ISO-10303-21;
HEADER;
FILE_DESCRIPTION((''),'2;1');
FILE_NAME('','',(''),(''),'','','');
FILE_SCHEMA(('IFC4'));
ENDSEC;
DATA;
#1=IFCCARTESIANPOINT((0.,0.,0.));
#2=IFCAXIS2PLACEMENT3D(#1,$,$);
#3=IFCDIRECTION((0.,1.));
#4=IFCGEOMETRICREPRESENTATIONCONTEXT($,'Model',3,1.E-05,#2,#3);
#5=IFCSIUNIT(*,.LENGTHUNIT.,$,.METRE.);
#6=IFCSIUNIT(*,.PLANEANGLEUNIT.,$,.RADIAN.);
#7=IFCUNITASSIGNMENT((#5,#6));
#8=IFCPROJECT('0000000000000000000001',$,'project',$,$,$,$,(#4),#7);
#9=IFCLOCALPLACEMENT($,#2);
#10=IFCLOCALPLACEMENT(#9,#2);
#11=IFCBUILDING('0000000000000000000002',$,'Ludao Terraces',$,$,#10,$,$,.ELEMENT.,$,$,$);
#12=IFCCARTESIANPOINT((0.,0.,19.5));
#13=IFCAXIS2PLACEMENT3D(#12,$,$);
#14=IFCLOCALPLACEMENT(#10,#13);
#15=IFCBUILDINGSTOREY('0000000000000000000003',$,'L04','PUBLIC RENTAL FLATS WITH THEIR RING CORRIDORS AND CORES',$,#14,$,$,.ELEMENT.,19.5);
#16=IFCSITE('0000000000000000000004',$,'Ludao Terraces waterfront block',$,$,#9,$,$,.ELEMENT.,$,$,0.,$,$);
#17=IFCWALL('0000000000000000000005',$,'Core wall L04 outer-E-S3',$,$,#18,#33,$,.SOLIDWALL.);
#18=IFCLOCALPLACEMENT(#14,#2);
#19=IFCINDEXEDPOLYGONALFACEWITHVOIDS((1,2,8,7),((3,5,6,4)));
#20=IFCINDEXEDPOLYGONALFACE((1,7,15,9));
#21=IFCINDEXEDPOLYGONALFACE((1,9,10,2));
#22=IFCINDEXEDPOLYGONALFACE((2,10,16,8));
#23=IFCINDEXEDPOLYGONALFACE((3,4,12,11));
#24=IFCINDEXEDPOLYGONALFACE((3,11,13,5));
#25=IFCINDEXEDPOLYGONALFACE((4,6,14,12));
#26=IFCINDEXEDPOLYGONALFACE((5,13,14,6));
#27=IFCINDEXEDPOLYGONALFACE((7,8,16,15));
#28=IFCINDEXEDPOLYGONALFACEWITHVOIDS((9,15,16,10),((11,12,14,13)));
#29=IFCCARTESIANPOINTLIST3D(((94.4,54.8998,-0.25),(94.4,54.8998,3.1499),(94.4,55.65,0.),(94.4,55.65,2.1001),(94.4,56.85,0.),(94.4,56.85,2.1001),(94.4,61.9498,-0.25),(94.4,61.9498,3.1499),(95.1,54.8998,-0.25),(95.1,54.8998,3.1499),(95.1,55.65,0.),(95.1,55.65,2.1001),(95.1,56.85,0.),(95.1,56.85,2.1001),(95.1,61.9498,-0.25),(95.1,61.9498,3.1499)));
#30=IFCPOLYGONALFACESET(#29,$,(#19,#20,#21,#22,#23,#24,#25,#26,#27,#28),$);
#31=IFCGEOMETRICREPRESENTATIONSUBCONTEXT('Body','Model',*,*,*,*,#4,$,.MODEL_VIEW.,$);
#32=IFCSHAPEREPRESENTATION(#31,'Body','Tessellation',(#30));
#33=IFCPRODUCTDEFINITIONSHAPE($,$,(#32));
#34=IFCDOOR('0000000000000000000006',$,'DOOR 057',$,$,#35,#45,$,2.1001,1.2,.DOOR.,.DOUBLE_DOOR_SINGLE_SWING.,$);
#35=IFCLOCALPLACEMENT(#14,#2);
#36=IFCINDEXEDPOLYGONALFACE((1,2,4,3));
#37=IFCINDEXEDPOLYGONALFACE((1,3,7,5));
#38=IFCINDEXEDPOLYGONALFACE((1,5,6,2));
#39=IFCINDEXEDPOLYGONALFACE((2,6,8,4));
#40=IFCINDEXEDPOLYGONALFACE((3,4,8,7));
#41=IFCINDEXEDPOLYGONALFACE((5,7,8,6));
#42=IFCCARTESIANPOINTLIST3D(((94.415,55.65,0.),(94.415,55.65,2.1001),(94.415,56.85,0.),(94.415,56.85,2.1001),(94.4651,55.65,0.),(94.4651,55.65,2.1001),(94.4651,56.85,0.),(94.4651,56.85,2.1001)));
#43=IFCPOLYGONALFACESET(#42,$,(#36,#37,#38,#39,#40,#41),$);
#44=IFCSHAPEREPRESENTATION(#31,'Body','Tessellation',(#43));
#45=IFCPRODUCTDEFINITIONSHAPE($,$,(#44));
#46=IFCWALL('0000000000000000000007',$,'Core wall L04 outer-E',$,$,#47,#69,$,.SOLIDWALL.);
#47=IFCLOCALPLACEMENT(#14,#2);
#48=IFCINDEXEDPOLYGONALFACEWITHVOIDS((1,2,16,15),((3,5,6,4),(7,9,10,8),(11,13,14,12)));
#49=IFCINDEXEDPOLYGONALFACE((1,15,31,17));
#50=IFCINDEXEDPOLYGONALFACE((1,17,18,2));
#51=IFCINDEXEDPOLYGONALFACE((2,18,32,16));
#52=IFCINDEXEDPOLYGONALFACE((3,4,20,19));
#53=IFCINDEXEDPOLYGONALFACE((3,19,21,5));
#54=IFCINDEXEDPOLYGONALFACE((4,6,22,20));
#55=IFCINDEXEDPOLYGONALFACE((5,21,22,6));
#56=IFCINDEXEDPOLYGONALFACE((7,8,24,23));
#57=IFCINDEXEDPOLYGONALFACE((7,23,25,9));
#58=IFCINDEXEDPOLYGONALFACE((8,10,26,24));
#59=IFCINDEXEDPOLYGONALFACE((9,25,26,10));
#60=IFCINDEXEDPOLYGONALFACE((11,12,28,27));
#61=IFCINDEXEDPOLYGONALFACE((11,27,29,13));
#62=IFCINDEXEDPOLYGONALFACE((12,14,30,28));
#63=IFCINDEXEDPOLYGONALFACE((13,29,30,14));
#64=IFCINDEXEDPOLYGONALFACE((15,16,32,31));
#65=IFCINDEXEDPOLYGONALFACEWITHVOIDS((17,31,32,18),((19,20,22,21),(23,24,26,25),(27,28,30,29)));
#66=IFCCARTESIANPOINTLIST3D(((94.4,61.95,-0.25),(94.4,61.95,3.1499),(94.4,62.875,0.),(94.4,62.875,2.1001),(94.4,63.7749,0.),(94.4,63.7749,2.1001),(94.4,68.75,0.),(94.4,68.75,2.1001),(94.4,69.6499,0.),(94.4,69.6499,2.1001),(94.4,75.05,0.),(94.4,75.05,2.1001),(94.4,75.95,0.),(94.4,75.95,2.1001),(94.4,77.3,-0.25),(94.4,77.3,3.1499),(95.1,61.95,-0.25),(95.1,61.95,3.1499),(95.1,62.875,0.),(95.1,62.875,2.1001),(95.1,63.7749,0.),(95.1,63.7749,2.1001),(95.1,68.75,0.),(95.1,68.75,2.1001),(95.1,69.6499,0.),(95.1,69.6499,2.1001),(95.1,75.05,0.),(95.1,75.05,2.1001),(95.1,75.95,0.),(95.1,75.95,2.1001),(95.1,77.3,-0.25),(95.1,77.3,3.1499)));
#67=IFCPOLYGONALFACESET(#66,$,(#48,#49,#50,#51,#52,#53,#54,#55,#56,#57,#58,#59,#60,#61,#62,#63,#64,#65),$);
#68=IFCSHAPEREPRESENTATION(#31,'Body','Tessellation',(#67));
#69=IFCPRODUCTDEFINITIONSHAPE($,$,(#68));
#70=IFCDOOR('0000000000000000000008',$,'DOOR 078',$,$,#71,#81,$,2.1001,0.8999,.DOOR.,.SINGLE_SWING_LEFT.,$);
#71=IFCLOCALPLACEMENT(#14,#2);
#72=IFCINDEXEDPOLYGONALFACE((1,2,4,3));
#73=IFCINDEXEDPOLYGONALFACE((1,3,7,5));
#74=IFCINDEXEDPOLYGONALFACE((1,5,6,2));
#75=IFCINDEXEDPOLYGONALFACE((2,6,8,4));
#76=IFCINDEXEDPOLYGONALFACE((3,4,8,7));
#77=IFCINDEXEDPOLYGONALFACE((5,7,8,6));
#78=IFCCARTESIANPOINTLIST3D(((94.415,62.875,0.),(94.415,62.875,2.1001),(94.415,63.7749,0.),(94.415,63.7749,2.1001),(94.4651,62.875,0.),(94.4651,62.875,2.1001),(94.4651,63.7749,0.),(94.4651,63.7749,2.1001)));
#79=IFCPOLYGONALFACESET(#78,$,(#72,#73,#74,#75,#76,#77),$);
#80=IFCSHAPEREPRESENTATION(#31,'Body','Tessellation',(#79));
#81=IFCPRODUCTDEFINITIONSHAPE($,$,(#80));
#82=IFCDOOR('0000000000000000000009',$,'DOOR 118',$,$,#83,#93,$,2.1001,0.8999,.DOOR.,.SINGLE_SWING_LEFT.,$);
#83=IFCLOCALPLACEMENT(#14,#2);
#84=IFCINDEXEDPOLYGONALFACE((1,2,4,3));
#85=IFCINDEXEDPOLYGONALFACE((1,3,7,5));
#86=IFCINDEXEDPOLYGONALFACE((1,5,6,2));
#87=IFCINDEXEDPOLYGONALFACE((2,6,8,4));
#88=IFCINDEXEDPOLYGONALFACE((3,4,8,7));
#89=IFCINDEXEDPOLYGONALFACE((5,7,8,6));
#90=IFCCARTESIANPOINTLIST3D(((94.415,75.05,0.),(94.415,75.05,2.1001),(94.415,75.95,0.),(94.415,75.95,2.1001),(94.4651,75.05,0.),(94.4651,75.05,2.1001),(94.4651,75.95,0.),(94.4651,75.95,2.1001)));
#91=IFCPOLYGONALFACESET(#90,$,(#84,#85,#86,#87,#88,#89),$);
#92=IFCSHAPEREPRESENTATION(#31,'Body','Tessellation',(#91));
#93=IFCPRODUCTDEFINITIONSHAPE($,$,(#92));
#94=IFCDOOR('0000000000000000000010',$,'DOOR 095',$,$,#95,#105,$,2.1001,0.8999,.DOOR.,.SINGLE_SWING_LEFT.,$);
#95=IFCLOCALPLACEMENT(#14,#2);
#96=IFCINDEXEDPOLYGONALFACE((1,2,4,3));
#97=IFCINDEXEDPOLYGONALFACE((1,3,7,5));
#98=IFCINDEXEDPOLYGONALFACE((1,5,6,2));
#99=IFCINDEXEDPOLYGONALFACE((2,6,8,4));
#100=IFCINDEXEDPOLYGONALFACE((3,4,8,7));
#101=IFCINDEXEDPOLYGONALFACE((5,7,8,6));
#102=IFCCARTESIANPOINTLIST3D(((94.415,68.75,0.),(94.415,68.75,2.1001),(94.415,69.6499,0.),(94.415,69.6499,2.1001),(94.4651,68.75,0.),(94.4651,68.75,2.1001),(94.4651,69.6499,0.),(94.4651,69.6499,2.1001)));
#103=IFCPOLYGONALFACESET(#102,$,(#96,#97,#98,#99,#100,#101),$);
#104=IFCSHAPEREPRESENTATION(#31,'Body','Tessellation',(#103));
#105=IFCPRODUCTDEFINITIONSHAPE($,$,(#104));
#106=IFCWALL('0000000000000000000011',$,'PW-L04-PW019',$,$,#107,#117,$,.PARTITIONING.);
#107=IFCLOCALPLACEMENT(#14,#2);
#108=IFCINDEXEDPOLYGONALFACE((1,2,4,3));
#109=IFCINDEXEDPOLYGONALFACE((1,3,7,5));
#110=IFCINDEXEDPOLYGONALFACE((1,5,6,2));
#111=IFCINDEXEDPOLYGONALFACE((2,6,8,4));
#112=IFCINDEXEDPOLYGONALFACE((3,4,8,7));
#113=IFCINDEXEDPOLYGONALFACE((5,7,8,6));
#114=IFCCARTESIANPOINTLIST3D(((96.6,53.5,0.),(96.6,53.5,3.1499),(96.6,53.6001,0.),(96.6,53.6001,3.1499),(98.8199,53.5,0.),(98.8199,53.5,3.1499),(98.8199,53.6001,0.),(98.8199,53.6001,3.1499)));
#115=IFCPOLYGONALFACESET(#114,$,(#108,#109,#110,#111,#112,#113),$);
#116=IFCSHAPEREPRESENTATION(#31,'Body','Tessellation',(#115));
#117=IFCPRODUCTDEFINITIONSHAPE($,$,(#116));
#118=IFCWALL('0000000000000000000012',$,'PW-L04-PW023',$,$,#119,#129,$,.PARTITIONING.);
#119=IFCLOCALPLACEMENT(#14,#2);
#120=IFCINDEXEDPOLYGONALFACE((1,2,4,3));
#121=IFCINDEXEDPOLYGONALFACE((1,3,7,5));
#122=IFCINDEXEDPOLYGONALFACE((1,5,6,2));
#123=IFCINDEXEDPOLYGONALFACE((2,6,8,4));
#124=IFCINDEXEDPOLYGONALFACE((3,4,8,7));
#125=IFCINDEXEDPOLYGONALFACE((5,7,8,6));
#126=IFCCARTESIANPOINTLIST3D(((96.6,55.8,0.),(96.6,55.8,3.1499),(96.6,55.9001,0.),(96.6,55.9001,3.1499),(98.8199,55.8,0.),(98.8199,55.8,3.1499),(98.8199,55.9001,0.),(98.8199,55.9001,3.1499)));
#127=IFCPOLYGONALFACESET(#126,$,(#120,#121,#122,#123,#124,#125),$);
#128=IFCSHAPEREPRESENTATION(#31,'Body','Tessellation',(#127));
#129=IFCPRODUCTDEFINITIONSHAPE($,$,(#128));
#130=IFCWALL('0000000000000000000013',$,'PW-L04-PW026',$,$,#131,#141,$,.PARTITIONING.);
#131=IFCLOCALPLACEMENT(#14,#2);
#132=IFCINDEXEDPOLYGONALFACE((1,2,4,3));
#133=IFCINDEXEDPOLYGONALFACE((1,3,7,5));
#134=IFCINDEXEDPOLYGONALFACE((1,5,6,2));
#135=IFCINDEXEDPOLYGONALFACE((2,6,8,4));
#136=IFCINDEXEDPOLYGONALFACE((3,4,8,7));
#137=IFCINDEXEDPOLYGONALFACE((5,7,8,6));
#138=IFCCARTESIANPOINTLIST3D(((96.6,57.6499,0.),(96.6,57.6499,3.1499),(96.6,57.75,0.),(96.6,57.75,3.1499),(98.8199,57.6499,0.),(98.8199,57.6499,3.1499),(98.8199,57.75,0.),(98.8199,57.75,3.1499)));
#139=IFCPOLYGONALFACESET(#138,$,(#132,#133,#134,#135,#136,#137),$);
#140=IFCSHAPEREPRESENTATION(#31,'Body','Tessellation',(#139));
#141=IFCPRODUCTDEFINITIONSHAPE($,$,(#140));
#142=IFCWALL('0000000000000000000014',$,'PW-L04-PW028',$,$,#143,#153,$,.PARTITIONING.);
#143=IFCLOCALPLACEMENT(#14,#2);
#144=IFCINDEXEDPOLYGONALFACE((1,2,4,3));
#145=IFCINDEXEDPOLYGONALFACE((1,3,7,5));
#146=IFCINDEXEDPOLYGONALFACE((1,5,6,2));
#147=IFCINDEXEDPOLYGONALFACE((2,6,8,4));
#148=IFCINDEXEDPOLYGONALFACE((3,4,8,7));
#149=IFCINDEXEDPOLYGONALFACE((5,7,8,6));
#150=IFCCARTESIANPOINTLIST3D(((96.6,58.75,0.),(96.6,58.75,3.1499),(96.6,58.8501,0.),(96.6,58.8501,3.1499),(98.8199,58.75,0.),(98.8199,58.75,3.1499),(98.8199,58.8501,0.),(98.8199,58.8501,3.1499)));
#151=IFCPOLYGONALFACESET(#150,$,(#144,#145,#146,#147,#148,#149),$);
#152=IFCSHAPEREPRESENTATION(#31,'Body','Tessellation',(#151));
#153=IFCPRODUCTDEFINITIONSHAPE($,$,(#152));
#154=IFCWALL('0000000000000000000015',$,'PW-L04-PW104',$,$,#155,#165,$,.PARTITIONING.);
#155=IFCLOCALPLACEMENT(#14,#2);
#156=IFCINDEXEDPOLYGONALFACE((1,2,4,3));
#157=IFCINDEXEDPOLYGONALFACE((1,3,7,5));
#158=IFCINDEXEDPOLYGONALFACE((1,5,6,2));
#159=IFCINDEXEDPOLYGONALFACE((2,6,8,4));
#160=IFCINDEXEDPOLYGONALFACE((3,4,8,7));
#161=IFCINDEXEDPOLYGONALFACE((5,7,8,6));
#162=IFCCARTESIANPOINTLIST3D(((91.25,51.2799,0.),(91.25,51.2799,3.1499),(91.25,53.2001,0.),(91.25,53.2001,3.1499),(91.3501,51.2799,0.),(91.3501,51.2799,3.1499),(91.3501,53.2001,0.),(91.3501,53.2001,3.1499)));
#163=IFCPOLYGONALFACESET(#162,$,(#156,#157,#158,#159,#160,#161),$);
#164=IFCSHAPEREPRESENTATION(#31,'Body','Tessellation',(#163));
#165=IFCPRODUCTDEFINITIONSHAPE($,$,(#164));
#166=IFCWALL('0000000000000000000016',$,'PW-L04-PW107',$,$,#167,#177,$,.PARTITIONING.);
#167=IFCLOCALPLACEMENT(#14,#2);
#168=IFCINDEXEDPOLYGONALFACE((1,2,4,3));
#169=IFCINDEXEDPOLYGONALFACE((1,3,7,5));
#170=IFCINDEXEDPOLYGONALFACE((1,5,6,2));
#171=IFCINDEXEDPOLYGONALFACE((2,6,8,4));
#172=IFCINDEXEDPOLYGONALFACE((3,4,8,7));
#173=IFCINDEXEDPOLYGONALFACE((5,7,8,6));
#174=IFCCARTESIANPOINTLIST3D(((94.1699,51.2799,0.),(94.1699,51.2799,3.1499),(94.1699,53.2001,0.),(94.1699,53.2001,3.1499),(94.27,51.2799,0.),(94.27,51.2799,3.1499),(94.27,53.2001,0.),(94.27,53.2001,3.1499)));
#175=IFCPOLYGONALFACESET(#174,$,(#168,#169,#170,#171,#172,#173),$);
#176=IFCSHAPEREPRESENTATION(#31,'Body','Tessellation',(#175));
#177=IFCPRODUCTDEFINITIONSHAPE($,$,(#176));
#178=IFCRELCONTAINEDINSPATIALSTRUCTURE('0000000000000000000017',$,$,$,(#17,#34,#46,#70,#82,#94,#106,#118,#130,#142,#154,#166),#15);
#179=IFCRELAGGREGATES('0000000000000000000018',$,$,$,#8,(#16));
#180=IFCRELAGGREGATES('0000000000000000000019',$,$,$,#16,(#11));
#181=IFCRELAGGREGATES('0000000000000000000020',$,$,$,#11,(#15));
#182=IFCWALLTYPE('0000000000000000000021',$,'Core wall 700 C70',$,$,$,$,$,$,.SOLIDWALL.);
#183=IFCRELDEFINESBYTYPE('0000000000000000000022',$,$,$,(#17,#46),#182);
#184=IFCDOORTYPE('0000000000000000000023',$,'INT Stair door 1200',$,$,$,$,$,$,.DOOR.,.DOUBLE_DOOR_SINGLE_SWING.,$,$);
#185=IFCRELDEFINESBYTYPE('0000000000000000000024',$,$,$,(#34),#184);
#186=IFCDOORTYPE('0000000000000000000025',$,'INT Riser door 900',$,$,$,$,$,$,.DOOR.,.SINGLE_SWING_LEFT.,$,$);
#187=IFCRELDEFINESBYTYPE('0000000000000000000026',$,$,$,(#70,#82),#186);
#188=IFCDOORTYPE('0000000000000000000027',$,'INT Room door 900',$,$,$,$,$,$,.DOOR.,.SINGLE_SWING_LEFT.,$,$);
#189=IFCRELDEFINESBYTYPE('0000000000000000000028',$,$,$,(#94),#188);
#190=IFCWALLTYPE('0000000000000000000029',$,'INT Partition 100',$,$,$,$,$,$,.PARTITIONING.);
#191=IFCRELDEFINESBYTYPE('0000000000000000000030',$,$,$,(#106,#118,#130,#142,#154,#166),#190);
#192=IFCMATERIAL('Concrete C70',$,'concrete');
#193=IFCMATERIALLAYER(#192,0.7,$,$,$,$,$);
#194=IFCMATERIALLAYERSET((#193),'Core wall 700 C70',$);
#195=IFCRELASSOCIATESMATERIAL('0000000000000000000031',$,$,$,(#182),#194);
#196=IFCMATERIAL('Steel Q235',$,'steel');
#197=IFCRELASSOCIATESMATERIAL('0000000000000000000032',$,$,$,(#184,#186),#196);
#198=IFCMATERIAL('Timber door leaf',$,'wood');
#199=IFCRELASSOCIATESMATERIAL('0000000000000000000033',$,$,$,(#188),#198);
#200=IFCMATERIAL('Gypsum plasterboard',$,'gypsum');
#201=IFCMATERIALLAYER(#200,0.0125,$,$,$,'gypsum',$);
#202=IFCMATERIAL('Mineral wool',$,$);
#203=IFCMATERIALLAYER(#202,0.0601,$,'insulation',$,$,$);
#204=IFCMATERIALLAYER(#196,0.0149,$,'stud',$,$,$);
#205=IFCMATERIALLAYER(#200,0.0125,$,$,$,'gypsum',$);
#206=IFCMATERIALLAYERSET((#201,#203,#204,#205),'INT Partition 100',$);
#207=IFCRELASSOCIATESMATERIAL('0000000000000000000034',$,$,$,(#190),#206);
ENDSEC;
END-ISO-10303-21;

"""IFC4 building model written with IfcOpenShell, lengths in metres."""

from ifc_helpers import new_model, si_unit, direction, frame, frame_2d, origin, place, context, subcontext, project, spatial, rectangle, extrude, material, layer, layer_set, type_object, element, fill, save


model = new_model("IFC4")

# Units and contexts
model_context = context("Model", 3, precision=1e-05, world=origin(), true_north=direction((0.0, 1.0)))
body_context = subcontext(model_context, "Body", "Model", "MODEL_VIEW")
ifc_project = project(units=[si_unit("LENGTHUNIT", "METRE"), si_unit("PLANEANGLEUNIT", "RADIAN")], contexts=[model_context])

# Site, building, storey
site_placement = place(None, origin())
site = spatial("IfcSite", under=ifc_project, at=site_placement, Name="Ludao Terraces waterfront block", CompositionType="ELEMENT", RefElevation=0.0)
building_placement = place(site_placement, origin())
building = spatial("IfcBuilding", under=site, at=building_placement, Name="Ludao Terraces", CompositionType="ELEMENT")
storey_placement = place(building_placement, frame((0.0, 0.0, 19.5)))
storey = spatial("IfcBuildingStorey", under=building, at=storey_placement, Name="L04", Description="PUBLIC RENTAL FLATS WITH THEIR RING CORRIDORS AND CORES", CompositionType="ELEMENT", Elevation=19.5)

# Wall, opening, door
ifc_material_1 = material(Name="Concrete C70", Category="concrete")
ifc_layer_1 = layer(ifc_material_1, 0.7)
ifc_layer_set_1 = layer_set([ifc_layer_1], Name="Core wall 700 C70")
wall_type_1 = type_object("IfcWallType", Name="Core wall 700 C70", PredefinedType="SOLIDWALL", material=ifc_layer_set_1)
wall_1_placement = place(storey_placement, frame((94.75, 54.8999, -0.25), z_axis=(0.0, 0.0, 1.0), x_axis=(0.0, 1.0, 0.0)))
wall_1 = element("IfcWall", 1, at=wall_1_placement, inside=storey, type_object=wall_type_1, Name="Core wall L04 outer-E-S3", PredefinedType="SOLIDWALL", context=body_context, shape_type="SweptSolid", body=[
    extrude(rectangle(XDim=7.05, YDim=0.7, at=frame_2d((3.5249, 0.0))), origin(), (0.0, 0.0, 1.0), 3.3999),
])
opening_1_placement = place(wall_1_placement, frame((0.75, 0.0, 0.25)))
opening_1 = element("IfcOpeningElement", 2, at=opening_1_placement, cuts=wall_1, PredefinedType="OPENING", context=body_context, shape_type="SweptSolid", body=[
    extrude(rectangle(XDim=1.2, YDim=2.1001, at=frame_2d((0.6001, 1.05))), frame((0.0, 0.3599, 0.0), z_axis=(0.0, -1.0, 0.0), x_axis=(1.0, 0.0, 0.0)), (0.0, 0.0, 1.0), 0.72),
])
ifc_material_2 = material(Name="Steel Q235", Category="steel")
door_type_1 = type_object("IfcDoorType", Name="INT Stair door 1200", OperationType="DOUBLE_DOOR_SINGLE_SWING", PredefinedType="DOOR", material=ifc_material_2)
door_1_placement = place(opening_1_placement, origin())
door_1 = element("IfcDoor", 3, at=door_1_placement, inside=storey, type_object=door_type_1, Name="DOOR 057", OperationType="DOUBLE_DOOR_SINGLE_SWING", OverallHeight=2.1001, OverallWidth=1.2, PredefinedType="DOOR", context=body_context, shape_type="SweptSolid", body=[
    extrude(rectangle(XDim=1.2, YDim=2.1001, at=frame_2d((0.6001, 1.05))), frame((0.0, 0.335, 0.0), z_axis=(0.0, -1.0, 0.0), x_axis=(1.0, 0.0, 0.0)), (0.0, 0.0, 1.0), 0.05),
])
fill(opening_1, door_1)

# Wall, openings, doors
wall_2_placement = place(storey_placement, frame((94.75, 61.95, -0.25), z_axis=(0.0, 0.0, 1.0), x_axis=(0.0, 1.0, 0.0)))
wall_2 = element("IfcWall", 4, at=wall_2_placement, inside=storey, type_object=wall_type_1, Name="Core wall L04 outer-E", PredefinedType="SOLIDWALL", context=body_context, shape_type="SweptSolid", body=[
    extrude(rectangle(XDim=15.3501, YDim=0.7, at=frame_2d((7.675, 0.0))), origin(), (0.0, 0.0, 1.0), 3.3999),
])
opening_2_placement = place(wall_2_placement, frame((0.925, 0.0, 0.25)))
opening_2 = element("IfcOpeningElement", 5, at=opening_2_placement, cuts=wall_2, PredefinedType="OPENING", context=body_context, shape_type="SweptSolid", body=[
    extrude(rectangle(XDim=0.8999, YDim=2.1001, at=frame_2d((0.45, 1.05))), frame((0.0, 0.3599, 0.0), z_axis=(0.0, -1.0, 0.0), x_axis=(1.0, 0.0, 0.0)), (0.0, 0.0, 1.0), 0.72),
])
opening_3_placement = place(wall_2_placement, frame((6.8, 0.0, 0.25)))
opening_3 = element("IfcOpeningElement", 6, at=opening_3_placement, cuts=wall_2, PredefinedType="OPENING", context=body_context, shape_type="SweptSolid", body=[
    extrude(rectangle(XDim=0.8999, YDim=2.1001, at=frame_2d((0.45, 1.05))), frame((0.0, 0.3599, 0.0), z_axis=(0.0, -1.0, 0.0), x_axis=(1.0, 0.0, 0.0)), (0.0, 0.0, 1.0), 0.72),
])
opening_4_placement = place(wall_2_placement, frame((13.1001, 0.0, 0.25)))
opening_4 = element("IfcOpeningElement", 7, at=opening_4_placement, cuts=wall_2, PredefinedType="OPENING", context=body_context, shape_type="SweptSolid", body=[
    extrude(rectangle(XDim=0.8999, YDim=2.1001, at=frame_2d((0.45, 1.05))), frame((0.0, 0.3599, 0.0), z_axis=(0.0, -1.0, 0.0), x_axis=(1.0, 0.0, 0.0)), (0.0, 0.0, 1.0), 0.72),
])
door_type_2 = type_object("IfcDoorType", Name="INT Riser door 900", OperationType="SINGLE_SWING_LEFT", PredefinedType="DOOR", material=ifc_material_2)
door_2_placement = place(opening_2_placement, origin())
door_2 = element("IfcDoor", 8, at=door_2_placement, inside=storey, type_object=door_type_2, Name="DOOR 078", OperationType="SINGLE_SWING_LEFT", OverallHeight=2.1001, OverallWidth=0.8999, PredefinedType="DOOR", context=body_context, shape_type="SweptSolid", body=[
    extrude(rectangle(XDim=0.8999, YDim=2.1001, at=frame_2d((0.45, 1.05))), frame((0.0, 0.335, 0.0), z_axis=(0.0, -1.0, 0.0), x_axis=(1.0, 0.0, 0.0)), (0.0, 0.0, 1.0), 0.05),
])
fill(opening_2, door_2)
door_3_placement = place(opening_4_placement, origin())
door_3 = element("IfcDoor", 9, at=door_3_placement, inside=storey, type_object=door_type_2, Name="DOOR 118", OperationType="SINGLE_SWING_LEFT", OverallHeight=2.1001, OverallWidth=0.8999, PredefinedType="DOOR", context=body_context, shape_type="SweptSolid", body=[
    extrude(rectangle(XDim=0.8999, YDim=2.1001, at=frame_2d((0.45, 1.05))), frame((0.0, 0.335, 0.0), z_axis=(0.0, -1.0, 0.0), x_axis=(1.0, 0.0, 0.0)), (0.0, 0.0, 1.0), 0.05),
])
fill(opening_4, door_3)
ifc_material_3 = material(Name="Timber door leaf", Category="wood")
door_type_3 = type_object("IfcDoorType", Name="INT Room door 900", OperationType="SINGLE_SWING_LEFT", PredefinedType="DOOR", material=ifc_material_3)
door_4_placement = place(opening_3_placement, origin())
door_4 = element("IfcDoor", 10, at=door_4_placement, inside=storey, type_object=door_type_3, Name="DOOR 095", OperationType="SINGLE_SWING_LEFT", OverallHeight=2.1001, OverallWidth=0.8999, PredefinedType="DOOR", context=body_context, shape_type="SweptSolid", body=[
    extrude(rectangle(XDim=0.8999, YDim=2.1001, at=frame_2d((0.45, 1.05))), frame((0.0, 0.335, 0.0), z_axis=(0.0, -1.0, 0.0), x_axis=(1.0, 0.0, 0.0)), (0.0, 0.0, 1.0), 0.05),
])
fill(opening_3, door_4)

# Walls
ifc_material_4 = material(Name="Gypsum plasterboard", Category="gypsum")
ifc_layer_2 = layer(ifc_material_4, 0.0125, Category="gypsum")
ifc_material_5 = material(Name="Mineral wool")
ifc_layer_3 = layer(ifc_material_5, 0.0601, Name="insulation")
ifc_layer_4 = layer(ifc_material_2, 0.0149, Name="stud")
ifc_layer_5 = layer(ifc_material_4, 0.0125, Category="gypsum")
ifc_layer_set_2 = layer_set([ifc_layer_2, ifc_layer_3, ifc_layer_4, ifc_layer_5], Name="INT Partition 100")
wall_type_2 = type_object("IfcWallType", Name="INT Partition 100", PredefinedType="PARTITIONING", material=ifc_layer_set_2)
for number, where, z_axis, x_axis, name in (
    (11, (96.6001, 53.55, 0.0), (0.0, 0.0, 1.0), (1.0, 0.0, 0.0), "PW-L04-PW019"),
    (12, (96.6001, 55.8501, 0.0), (0.0, 0.0, 1.0), (1.0, 0.0, 0.0), "PW-L04-PW023"),
    (13, (96.6001, 57.7, 0.0), (0.0, 0.0, 1.0), (1.0, 0.0, 0.0), "PW-L04-PW026"),
    (14, (96.6001, 58.8, 0.0), (0.0, 0.0, 1.0), (1.0, 0.0, 0.0), "PW-L04-PW028"),
):
    element("IfcWall", number, at=place(storey_placement, frame(where, z_axis=z_axis, x_axis=x_axis)), inside=storey, type_object=wall_type_2, Name=name, PredefinedType="PARTITIONING", context=body_context, shape_type="SweptSolid", body=[
        extrude(rectangle(XDim=2.22, YDim=0.1001, at=frame_2d((1.1099, 0.0))), origin(), (0.0, 0.0, 1.0), 3.1499),
    ])
for number, where, z_axis, x_axis, name in (
    (15, (91.3, 51.28, 0.0), (0.0, 0.0, 1.0), (0.0, 1.0, 0.0), "PW-L04-PW104"),
    (16, (94.22, 51.28, 0.0), (0.0, 0.0, 1.0), (0.0, 1.0, 0.0), "PW-L04-PW107"),
):
    element("IfcWall", number, at=place(storey_placement, frame(where, z_axis=z_axis, x_axis=x_axis)), inside=storey, type_object=wall_type_2, Name=name, PredefinedType="PARTITIONING", context=body_context, shape_type="SweptSolid", body=[
        extrude(rectangle(XDim=1.9202, YDim=0.1001, at=frame_2d((0.96, 0.0))), origin(), (0.0, 0.0, 1.0), 3.1499),
    ])

save(model, "model.ifc")
